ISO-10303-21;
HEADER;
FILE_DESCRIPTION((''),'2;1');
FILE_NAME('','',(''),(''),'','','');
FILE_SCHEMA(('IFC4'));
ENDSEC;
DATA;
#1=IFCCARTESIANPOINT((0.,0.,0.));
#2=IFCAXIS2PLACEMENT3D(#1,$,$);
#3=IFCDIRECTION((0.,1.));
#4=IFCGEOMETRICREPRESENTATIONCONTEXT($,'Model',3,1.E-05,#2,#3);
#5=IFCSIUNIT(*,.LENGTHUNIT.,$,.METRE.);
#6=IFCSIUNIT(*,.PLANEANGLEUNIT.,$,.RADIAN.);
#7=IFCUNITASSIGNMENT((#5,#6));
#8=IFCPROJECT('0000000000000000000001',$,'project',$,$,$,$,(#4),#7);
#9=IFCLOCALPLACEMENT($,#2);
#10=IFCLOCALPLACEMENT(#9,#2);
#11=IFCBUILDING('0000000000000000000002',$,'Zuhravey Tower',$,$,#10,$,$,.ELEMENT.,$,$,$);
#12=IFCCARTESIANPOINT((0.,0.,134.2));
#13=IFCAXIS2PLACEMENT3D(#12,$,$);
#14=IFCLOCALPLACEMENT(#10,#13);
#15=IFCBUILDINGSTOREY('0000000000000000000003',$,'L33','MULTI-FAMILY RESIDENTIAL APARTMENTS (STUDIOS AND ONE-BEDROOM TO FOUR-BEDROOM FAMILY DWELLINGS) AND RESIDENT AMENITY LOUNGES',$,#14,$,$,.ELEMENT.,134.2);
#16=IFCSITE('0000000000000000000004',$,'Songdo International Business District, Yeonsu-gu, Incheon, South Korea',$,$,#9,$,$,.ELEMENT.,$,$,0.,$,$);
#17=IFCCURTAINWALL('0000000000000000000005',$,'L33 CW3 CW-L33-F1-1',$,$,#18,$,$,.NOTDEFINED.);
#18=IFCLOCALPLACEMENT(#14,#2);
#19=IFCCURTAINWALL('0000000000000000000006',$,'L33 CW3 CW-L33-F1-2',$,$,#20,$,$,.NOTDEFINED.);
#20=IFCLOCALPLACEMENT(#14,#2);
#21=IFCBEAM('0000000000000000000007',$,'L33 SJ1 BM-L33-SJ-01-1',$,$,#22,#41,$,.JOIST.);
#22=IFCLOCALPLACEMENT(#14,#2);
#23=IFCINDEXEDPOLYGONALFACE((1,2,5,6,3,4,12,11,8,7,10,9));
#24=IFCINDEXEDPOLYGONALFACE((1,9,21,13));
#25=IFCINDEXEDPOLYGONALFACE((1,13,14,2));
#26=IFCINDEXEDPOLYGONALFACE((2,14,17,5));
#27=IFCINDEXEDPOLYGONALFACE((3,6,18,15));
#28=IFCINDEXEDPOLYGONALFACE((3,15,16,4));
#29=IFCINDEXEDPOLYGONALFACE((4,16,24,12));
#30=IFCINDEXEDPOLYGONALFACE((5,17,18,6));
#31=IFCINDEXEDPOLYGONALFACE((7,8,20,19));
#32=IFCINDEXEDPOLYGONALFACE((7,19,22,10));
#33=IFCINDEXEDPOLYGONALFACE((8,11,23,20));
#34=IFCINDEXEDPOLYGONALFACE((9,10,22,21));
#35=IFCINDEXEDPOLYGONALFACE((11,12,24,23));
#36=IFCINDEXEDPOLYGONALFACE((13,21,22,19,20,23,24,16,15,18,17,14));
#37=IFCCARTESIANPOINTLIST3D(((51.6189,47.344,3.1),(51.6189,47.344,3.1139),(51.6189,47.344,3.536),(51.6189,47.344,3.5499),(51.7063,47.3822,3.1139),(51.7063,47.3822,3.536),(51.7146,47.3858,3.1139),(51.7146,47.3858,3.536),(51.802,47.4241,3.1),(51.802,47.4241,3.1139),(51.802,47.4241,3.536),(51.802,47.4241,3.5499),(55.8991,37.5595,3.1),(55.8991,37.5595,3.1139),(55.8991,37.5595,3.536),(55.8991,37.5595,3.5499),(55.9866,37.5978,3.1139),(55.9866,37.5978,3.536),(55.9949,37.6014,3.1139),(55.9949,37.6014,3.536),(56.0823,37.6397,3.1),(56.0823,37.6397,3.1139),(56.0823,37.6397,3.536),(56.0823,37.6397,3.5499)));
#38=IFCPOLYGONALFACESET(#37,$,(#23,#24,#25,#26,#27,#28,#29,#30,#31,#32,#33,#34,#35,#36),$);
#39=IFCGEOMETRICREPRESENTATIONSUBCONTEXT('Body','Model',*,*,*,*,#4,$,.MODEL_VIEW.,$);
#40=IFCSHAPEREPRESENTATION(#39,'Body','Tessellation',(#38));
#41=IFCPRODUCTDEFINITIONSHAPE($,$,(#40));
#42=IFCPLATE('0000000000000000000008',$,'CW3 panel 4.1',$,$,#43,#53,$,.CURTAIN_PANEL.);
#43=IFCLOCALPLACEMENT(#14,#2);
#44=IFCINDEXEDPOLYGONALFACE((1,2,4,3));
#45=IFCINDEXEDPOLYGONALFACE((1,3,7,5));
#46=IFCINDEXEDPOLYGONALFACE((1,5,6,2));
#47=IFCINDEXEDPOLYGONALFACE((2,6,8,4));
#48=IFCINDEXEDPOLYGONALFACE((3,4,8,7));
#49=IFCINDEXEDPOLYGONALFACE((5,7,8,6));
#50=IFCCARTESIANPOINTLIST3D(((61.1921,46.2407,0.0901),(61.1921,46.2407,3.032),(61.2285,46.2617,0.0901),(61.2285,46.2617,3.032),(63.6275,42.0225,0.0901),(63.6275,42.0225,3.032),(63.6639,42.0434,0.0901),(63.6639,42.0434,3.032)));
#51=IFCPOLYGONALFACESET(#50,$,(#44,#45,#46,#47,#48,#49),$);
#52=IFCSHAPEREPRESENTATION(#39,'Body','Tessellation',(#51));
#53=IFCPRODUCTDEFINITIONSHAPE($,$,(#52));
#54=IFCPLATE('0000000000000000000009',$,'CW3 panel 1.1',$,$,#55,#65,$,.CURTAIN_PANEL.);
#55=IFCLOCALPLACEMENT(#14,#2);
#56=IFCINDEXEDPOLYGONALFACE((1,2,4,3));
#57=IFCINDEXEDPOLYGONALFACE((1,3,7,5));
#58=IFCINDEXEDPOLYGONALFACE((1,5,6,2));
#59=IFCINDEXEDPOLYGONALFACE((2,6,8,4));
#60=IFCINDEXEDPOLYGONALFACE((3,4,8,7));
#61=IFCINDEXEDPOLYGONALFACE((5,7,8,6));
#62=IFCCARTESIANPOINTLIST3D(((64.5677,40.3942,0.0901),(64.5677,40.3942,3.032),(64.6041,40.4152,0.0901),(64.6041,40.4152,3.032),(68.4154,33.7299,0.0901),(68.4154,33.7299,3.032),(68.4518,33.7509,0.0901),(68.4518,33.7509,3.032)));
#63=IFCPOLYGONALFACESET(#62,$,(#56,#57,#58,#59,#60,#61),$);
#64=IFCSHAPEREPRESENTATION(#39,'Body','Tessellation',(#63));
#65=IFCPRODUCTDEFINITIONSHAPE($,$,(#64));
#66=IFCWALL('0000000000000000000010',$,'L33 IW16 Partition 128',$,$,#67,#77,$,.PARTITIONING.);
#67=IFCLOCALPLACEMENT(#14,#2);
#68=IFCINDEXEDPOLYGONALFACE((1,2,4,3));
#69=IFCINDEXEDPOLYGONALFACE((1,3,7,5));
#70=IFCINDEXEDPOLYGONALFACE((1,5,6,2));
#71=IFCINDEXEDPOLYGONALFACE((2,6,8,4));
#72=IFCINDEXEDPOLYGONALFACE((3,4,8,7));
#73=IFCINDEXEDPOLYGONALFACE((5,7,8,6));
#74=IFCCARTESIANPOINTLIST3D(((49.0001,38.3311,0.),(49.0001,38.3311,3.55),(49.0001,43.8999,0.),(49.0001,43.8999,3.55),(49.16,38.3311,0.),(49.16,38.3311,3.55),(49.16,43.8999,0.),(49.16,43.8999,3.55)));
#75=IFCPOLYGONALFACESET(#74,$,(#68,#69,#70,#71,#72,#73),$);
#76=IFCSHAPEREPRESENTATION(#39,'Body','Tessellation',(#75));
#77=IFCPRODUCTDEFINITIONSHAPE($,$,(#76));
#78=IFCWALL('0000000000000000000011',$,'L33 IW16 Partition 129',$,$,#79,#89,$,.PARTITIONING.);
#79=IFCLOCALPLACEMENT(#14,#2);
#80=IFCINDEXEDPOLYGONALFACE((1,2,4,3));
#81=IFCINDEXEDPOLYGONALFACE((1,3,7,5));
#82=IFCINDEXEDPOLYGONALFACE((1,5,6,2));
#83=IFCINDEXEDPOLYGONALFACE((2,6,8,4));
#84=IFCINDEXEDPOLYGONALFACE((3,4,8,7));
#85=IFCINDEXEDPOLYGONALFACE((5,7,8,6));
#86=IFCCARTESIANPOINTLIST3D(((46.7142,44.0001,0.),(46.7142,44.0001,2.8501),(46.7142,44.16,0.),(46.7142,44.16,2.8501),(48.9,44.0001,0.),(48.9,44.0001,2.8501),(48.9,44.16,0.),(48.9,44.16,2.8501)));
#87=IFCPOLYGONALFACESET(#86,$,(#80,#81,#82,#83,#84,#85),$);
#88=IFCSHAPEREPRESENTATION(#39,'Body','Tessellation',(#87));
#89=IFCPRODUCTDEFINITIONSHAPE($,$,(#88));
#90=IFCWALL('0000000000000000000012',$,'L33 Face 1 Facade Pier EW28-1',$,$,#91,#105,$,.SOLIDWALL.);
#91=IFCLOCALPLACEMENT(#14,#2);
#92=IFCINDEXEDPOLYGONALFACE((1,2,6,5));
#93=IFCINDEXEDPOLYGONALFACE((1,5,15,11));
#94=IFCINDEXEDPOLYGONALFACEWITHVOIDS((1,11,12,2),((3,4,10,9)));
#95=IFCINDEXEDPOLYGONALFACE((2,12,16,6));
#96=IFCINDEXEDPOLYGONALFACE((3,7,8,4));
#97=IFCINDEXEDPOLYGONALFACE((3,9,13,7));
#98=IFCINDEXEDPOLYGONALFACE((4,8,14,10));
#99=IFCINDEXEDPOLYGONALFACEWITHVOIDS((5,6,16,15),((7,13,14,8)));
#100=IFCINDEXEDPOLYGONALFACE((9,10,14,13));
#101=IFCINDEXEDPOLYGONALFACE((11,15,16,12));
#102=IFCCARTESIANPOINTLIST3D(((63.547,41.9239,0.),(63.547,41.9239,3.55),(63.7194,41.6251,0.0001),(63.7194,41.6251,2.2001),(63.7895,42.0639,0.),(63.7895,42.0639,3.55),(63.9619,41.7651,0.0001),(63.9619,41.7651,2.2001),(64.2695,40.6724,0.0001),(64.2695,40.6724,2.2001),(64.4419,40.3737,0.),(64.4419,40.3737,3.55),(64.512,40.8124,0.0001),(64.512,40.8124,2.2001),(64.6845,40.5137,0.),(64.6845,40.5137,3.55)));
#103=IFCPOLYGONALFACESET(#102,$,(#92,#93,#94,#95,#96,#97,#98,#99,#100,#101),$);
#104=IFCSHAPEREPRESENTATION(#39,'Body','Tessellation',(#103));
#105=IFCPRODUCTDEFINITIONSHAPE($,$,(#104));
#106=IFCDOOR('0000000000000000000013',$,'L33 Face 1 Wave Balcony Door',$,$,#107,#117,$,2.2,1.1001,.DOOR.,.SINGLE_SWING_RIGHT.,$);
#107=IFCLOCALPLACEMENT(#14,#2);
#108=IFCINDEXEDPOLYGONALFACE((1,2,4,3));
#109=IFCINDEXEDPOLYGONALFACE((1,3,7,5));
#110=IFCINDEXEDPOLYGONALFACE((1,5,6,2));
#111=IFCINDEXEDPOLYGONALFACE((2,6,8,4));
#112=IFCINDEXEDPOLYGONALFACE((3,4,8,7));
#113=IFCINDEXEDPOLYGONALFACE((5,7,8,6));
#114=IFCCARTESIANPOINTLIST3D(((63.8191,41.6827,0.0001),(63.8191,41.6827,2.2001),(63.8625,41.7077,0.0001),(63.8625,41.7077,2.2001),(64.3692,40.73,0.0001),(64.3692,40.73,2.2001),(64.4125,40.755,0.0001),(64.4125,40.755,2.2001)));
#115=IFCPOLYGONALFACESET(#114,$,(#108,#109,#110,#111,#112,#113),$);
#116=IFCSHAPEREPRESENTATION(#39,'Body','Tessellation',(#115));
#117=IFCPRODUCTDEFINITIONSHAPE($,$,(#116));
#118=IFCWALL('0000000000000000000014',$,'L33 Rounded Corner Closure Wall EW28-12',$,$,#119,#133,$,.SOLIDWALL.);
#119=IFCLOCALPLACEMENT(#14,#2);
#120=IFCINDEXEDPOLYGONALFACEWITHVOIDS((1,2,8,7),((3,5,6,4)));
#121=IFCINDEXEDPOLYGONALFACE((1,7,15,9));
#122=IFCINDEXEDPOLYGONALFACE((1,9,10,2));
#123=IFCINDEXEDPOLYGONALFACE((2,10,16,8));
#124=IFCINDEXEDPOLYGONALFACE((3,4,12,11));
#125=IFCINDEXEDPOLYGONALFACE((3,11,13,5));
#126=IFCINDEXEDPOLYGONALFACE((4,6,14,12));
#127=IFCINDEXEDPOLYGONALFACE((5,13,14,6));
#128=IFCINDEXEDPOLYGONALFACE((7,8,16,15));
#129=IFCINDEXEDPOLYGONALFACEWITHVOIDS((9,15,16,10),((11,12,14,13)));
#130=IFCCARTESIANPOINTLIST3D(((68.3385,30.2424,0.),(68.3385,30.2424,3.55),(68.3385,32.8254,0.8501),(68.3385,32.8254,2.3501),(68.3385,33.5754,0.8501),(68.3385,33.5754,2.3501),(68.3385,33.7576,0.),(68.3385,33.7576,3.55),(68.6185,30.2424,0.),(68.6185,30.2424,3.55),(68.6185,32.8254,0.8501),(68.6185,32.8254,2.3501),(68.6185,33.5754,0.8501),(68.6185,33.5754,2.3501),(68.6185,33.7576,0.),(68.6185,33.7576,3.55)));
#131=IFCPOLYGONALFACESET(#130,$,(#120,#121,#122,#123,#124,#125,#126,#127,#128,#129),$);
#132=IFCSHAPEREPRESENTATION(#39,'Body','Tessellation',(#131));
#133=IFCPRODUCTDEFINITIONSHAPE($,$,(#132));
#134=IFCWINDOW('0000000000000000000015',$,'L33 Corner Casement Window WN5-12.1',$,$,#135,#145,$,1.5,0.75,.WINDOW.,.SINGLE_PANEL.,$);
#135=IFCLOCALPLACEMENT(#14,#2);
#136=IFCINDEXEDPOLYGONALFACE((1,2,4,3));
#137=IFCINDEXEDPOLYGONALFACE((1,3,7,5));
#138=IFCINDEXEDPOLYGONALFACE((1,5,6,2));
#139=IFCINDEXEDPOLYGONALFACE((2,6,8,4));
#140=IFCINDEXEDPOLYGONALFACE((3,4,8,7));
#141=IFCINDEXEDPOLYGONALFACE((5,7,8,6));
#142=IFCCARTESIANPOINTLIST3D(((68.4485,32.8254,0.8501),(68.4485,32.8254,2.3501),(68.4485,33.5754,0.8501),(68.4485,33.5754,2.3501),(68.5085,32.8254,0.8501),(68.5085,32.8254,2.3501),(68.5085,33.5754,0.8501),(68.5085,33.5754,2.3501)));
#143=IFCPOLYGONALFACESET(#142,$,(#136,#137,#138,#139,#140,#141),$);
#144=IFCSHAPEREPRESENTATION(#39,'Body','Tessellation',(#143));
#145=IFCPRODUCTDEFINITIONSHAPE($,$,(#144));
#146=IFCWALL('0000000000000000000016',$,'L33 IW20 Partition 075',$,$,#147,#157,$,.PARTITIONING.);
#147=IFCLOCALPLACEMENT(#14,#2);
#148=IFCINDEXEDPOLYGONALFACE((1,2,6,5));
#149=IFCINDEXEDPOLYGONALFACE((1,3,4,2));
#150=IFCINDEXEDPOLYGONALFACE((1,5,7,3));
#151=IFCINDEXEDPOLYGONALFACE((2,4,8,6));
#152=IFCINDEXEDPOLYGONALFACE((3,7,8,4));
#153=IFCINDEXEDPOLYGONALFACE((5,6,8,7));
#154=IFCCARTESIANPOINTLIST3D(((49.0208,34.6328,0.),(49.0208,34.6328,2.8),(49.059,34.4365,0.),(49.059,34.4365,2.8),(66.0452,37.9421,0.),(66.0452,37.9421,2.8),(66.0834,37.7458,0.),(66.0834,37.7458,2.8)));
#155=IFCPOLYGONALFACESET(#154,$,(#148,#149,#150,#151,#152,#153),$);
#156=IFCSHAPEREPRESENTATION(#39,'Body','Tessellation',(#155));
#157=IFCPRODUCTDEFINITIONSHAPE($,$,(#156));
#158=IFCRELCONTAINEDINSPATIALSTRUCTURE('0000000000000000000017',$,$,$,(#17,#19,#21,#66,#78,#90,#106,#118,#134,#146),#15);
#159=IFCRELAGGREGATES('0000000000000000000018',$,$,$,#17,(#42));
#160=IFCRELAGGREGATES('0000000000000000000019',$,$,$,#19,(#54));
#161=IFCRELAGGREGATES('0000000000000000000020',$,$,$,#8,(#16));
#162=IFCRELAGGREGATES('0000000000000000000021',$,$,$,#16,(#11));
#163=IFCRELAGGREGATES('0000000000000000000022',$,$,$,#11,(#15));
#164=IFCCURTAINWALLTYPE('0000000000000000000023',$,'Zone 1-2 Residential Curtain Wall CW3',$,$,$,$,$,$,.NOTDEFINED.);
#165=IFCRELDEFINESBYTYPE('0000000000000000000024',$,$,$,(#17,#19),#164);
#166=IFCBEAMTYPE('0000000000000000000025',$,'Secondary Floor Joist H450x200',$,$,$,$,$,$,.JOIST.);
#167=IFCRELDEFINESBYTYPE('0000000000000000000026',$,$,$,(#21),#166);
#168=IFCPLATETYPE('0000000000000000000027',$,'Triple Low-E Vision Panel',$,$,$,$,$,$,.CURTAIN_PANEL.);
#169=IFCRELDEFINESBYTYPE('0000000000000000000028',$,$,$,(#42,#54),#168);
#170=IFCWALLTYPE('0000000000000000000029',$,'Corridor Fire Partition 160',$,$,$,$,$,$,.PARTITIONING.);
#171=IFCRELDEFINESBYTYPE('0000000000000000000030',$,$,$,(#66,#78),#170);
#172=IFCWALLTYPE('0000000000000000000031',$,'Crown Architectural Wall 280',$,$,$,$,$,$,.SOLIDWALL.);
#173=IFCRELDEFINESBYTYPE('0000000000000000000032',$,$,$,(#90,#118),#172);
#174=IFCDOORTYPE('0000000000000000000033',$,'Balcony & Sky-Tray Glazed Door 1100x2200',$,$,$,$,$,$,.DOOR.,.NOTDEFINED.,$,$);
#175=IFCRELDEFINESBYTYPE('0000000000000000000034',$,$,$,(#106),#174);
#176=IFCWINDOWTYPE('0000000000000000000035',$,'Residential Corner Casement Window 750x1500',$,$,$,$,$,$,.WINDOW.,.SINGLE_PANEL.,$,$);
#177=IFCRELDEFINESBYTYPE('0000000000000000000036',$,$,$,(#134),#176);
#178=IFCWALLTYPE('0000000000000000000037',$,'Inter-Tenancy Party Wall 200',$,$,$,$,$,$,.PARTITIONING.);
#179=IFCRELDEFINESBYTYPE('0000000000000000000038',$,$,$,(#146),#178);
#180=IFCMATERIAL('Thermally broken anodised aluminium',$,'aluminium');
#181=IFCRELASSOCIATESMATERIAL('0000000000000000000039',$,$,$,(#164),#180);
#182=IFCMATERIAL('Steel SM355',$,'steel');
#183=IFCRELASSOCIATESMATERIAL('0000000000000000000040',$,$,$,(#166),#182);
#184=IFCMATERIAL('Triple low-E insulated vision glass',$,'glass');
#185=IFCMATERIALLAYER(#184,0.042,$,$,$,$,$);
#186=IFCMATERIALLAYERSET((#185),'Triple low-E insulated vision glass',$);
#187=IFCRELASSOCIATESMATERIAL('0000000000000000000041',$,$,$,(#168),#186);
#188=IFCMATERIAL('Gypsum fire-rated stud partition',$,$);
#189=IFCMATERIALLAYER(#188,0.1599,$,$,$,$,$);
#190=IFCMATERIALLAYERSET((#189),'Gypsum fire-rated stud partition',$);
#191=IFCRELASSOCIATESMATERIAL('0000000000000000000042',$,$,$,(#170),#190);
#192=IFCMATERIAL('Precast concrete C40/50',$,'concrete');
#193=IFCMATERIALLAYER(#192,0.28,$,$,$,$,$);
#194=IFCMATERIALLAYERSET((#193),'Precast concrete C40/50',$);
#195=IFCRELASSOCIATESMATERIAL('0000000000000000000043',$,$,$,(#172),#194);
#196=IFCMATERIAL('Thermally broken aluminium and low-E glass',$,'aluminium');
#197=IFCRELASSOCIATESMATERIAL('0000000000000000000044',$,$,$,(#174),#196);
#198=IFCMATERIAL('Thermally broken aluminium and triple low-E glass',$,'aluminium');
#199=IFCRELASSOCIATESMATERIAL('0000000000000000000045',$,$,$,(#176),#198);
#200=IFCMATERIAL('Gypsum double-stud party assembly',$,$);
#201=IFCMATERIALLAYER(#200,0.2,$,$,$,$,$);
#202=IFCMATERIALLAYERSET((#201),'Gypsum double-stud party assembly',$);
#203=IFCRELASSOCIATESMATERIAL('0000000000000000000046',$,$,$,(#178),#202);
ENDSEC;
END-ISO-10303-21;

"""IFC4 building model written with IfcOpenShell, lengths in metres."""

from ifc_helpers import new_model, si_unit, direction, frame, frame_2d, origin, origin_2d, place, context, subcontext, project, spatial, rectangle, i_section, extrude, material, layer, layer_set, material_profile, profile_set, type_object, element, fill, aggregate, save


model = new_model("IFC4")

# Units and contexts
model_context = context("Model", 3, precision=1e-05, world=origin(), true_north=direction((0.0, 1.0)))
body_context = subcontext(model_context, "Body", "Model", "MODEL_VIEW")
ifc_project = project(units=[si_unit("LENGTHUNIT", "METRE"), si_unit("PLANEANGLEUNIT", "RADIAN")], contexts=[model_context])

# Site, building, storey
site_placement = place(None, origin())
site = spatial("IfcSite", under=ifc_project, at=site_placement, Name="Songdo International Business District, Yeonsu-gu, Incheon, South Korea", CompositionType="ELEMENT", RefElevation=0.0)
building_placement = place(site_placement, origin())
building = spatial("IfcBuilding", under=site, at=building_placement, Name="Zuhravey Tower", CompositionType="ELEMENT")
storey_placement = place(building_placement, frame((0.0, 0.0, 134.2)))
storey = spatial("IfcBuildingStorey", under=building, at=storey_placement, Name="L33", Description="MULTI-FAMILY RESIDENTIAL APARTMENTS (STUDIOS AND ONE-BEDROOM TO FOUR-BEDROOM FAMILY DWELLINGS) AND RESIDENT AMENITY LOUNGES", CompositionType="ELEMENT", Elevation=134.2)

# Curtain wall
ifc_material_1 = material(Name="Thermally broken anodised aluminium", Category="aluminium")
curtain_wall_type = type_object("IfcCurtainWallType", Name="Zone 1-2 Residential Curtain Wall CW3", PredefinedType="NOTDEFINED", material=ifc_material_1)
curtain_wall_1_placement = place(storey_placement, origin())
curtain_wall_1 = element("IfcCurtainWall", 1, at=curtain_wall_1_placement, inside=storey, type_object=curtain_wall_type, Name="L33 CW3 CW-L33-F1-1", PredefinedType="NOTDEFINED")

# Curtain wall
curtain_wall_2_placement = place(storey_placement, origin())
curtain_wall_2 = element("IfcCurtainWall", 2, at=curtain_wall_2_placement, inside=storey, type_object=curtain_wall_type, Name="L33 CW3 CW-L33-F1-2", PredefinedType="NOTDEFINED")

# Beam
ifc_material_2 = material(Name="Steel SM355", Category="steel")
ifc_material_profile_1 = material_profile(ifc_material_2, i_section(OverallWidth=0.2, OverallDepth=0.45, WebThickness=0.009, FlangeThickness=0.0139, at=origin_2d()), Name="H-450x200x9x14")
ifc_profile_set_1 = profile_set([ifc_material_profile_1], Name="Steel SM355")
beam_type_1 = type_object("IfcBeamType", Name="Secondary Floor Joist H450x200", PredefinedType="JOIST", material=ifc_profile_set_1)
beam_1_placement = place(storey_placement, frame((55.9907, 37.5996, 3.325), z_axis=(-0.400786, 0.916172, 0.0), x_axis=(-0.916172, -0.400786, 0.0)))
element("IfcBeam", 3, at=beam_1_placement, inside=storey, type_object=beam_type_1, Name="L33 SJ1 BM-L33-SJ-01-1", PredefinedType="JOIST", context=body_context, shape_type="SweptSolid", body=[
    extrude(i_section(OverallWidth=0.2, OverallDepth=0.45, WebThickness=0.009, FlangeThickness=0.0139, at=origin_2d()), origin(), (0.0, 0.0, 1.0), 10.6797),
])

# Plates
ifc_material_3 = material(Name="Triple low-E insulated vision glass", Category="glass")
ifc_layer_1 = layer(ifc_material_3, 0.042)
ifc_layer_set_1 = layer_set([ifc_layer_1], Name="Triple low-E insulated vision glass")
plate_type = type_object("IfcPlateType", Name="Triple Low-E Vision Panel", PredefinedType="CURTAIN_PANEL", material=ifc_layer_set_1)
plate_1_placement = place(storey_placement, frame((62.428, 44.1421, 0.0901), z_axis=(0.0, 0.0, 1.0), x_axis=(0.499999, -0.866026, 0.0)))
plate_1 = element("IfcPlate", 4, at=plate_1_placement, type_object=plate_type, Name="CW3 panel 4.1", PredefinedType="CURTAIN_PANEL", context=body_context, shape_type="SweptSolid", body=[
    extrude(rectangle(XDim=4.8708, YDim=0.042, at=origin_2d()), origin(), (0.0, 0.0, 1.0), 2.9419),
])
aggregate(curtain_wall_1, [plate_1])
plate_2_placement = place(storey_placement, frame((66.5098, 37.0725, 0.0901), z_axis=(0.0, 0.0, 1.0), x_axis=(0.500005, -0.866022, 0.0)))
plate_2 = element("IfcPlate", 5, at=plate_2_placement, type_object=plate_type, Name="CW3 panel 1.1", PredefinedType="CURTAIN_PANEL", context=body_context, shape_type="SweptSolid", body=[
    extrude(rectangle(XDim=7.6953, YDim=0.042, at=origin_2d()), origin(), (0.0, 0.0, 1.0), 2.9419),
])
aggregate(curtain_wall_2, [plate_2])

# Shared definitions
ifc_material_4 = material(Name="Gypsum fire-rated stud partition")
ifc_layer_2 = layer(ifc_material_4, 0.1599)
ifc_layer_set_2 = layer_set([ifc_layer_2], Name="Gypsum fire-rated stud partition")
wall_type_1 = type_object("IfcWallType", Name="Corridor Fire Partition 160", PredefinedType="PARTITIONING", material=ifc_layer_set_2)

# Walls
wall_1_placement = place(storey_placement, frame((49.0801, 38.3311, 0.0), z_axis=(0.0, 0.0, 1.0), x_axis=(0.0, 1.0, 0.0)))
element("IfcWall", 6, at=wall_1_placement, inside=storey, type_object=wall_type_1, Name="L33 IW16 Partition 128", PredefinedType="PARTITIONING", context=body_context, shape_type="SweptSolid", body=[
    extrude(rectangle(XDim=5.5688, YDim=0.1599, at=frame_2d((2.7844, 0.0))), origin(), (0.0, 0.0, 1.0), 3.55),
])
wall_2_placement = place(storey_placement, frame((48.8999, 44.0801, 0.0), z_axis=(0.0, 0.0, 1.0), x_axis=(-1.0, 0.0, 0.0)))
element("IfcWall", 7, at=wall_2_placement, inside=storey, type_object=wall_type_1, Name="L33 IW16 Partition 129", PredefinedType="PARTITIONING", context=body_context, shape_type="SweptSolid", body=[
    extrude(rectangle(XDim=2.1858, YDim=0.1599, at=frame_2d((1.0928, 0.0))), origin(), (0.0, 0.0, 1.0), 2.8501),
])

# Wall, opening, door
ifc_material_5 = material(Name="Precast concrete C40/50", Category="concrete")
ifc_layer_3 = layer(ifc_material_5, 0.28)
ifc_layer_set_3 = layer_set([ifc_layer_3], Name="Precast concrete C40/50")
wall_type_2 = type_object("IfcWallType", Name="Crown Architectural Wall 280", PredefinedType="SOLIDWALL", material=ifc_layer_set_3)
wall_3_placement = place(storey_placement, frame((63.6682, 41.9939, 0.0), z_axis=(0.0, 0.0, 1.0), x_axis=(0.499982, -0.866036, 0.0)))
wall_3 = element("IfcWall", 8, at=wall_3_placement, inside=storey, type_object=wall_type_2, Name="L33 Face 1 Facade Pier EW28-1", PredefinedType="SOLIDWALL", context=body_context, shape_type="SweptSolid", body=[
    extrude(rectangle(XDim=1.79, YDim=0.28, at=frame_2d((0.895, 0.0))), origin(), (0.0, 0.0, 1.0), 3.55),
])
opening_1_placement = place(wall_3_placement, frame((0.345, 0.0, 0.0)))
opening_1 = element("IfcOpeningElement", 9, at=opening_1_placement, cuts=wall_3, PredefinedType="OPENING", context=body_context, shape_type="SweptSolid", body=[
    extrude(rectangle(XDim=1.1001, YDim=2.2, at=frame_2d((0.55, 1.1001))), frame((0.0, 0.1521, 0.0), z_axis=(0.0, -1.0, 0.0), x_axis=(1.0, 0.0, 0.0)), (0.0, 0.0, 1.0), 0.304),
])
ifc_material_6 = material(Name="Thermally broken aluminium and low-E glass", Category="aluminium")
door_type_1 = type_object("IfcDoorType", Name="Balcony & Sky-Tray Glazed Door 1100x2200", OperationType="NOTDEFINED", PredefinedType="DOOR", material=ifc_material_6)
door_1_placement = place(opening_1_placement, frame((1.1001, 0.0, 0.0), z_axis=(0.0, 0.0, 1.0), x_axis=(-1.0, 0.0, 0.0)))
door_1 = element("IfcDoor", 10, at=door_1_placement, inside=storey, type_object=door_type_1, Name="L33 Face 1 Wave Balcony Door", OperationType="SINGLE_SWING_RIGHT", OverallHeight=2.2, OverallWidth=1.1001, PredefinedType="DOOR", context=body_context, shape_type="SweptSolid", body=[
    extrude(rectangle(XDim=1.1001, YDim=2.2, at=frame_2d((0.55, 1.1001))), frame((0.0, 0.0249, 0.0), z_axis=(0.0, -1.0, 0.0), x_axis=(1.0, 0.0, 0.0)), (0.0, 0.0, 1.0), 0.05),
])
fill(opening_1, door_1)

# Wall, opening, window
wall_4_placement = place(storey_placement, frame((68.4785, 33.7576, 0.0), z_axis=(0.0, 0.0, 1.0), x_axis=(0.0, -1.0, 0.0)))
wall_4 = element("IfcWall", 11, at=wall_4_placement, inside=storey, type_object=wall_type_2, Name="L33 Rounded Corner Closure Wall EW28-12", PredefinedType="SOLIDWALL", context=body_context, shape_type="SweptSolid", body=[
    extrude(rectangle(XDim=3.5151, YDim=0.28, at=frame_2d((1.7576, 0.0))), origin(), (0.0, 0.0, 1.0), 3.55),
])
opening_2_placement = place(wall_4_placement, frame((0.1821, 0.0, 0.8501)))
opening_2 = element("IfcOpeningElement", 12, at=opening_2_placement, cuts=wall_4, PredefinedType="OPENING", context=body_context, shape_type="SweptSolid", body=[
    extrude(rectangle(XDim=0.75, YDim=1.5, at=frame_2d((0.375, 0.75))), frame((0.0, 0.1521, 0.0), z_axis=(0.0, -1.0, 0.0), x_axis=(1.0, 0.0, 0.0)), (0.0, 0.0, 1.0), 0.304),
])
ifc_material_7 = material(Name="Thermally broken aluminium and triple low-E glass", Category="aluminium")
window_type = type_object("IfcWindowType", Name="Residential Corner Casement Window 750x1500", PartitioningType="SINGLE_PANEL", PredefinedType="WINDOW", material=ifc_material_7)
window_placement = place(opening_2_placement, origin())
window = element("IfcWindow", 13, at=window_placement, inside=storey, type_object=window_type, Name="L33 Corner Casement Window WN5-12.1", OverallHeight=1.5, OverallWidth=0.75, PartitioningType="SINGLE_PANEL", PredefinedType="WINDOW", context=body_context, shape_type="SweptSolid", body=[
    extrude(rectangle(XDim=0.75, YDim=1.5, at=frame_2d((0.375, 0.75))), frame((0.0, 0.03, 0.0), z_axis=(0.0, -1.0, 0.0), x_axis=(1.0, 0.0, 0.0)), (0.0, 0.0, 1.0), 0.0601),
])
fill(opening_2, window)

# Wall
ifc_material_8 = material(Name="Gypsum double-stud party assembly")
ifc_layer_4 = layer(ifc_material_8, 0.2)
ifc_layer_set_4 = layer_set([ifc_layer_4], Name="Gypsum double-stud party assembly")
wall_type_3 = type_object("IfcWallType", Name="Inter-Tenancy Party Wall 200", PredefinedType="PARTITIONING", material=ifc_layer_set_4)
wall_5_placement = place(storey_placement, frame((49.04, 34.5347, 0.0), z_axis=(0.0, 0.0, 1.0), x_axis=(0.981626, 0.190815, 0.0)))
element("IfcWall", 14, at=wall_5_placement, inside=storey, type_object=wall_type_3, Name="L33 IW20 Partition 075", PredefinedType="PARTITIONING", context=body_context, shape_type="SweptSolid", body=[
    extrude(rectangle(XDim=17.343, YDim=0.2, at=frame_2d((8.6714, 0.0))), origin(), (0.0, 0.0, 1.0), 2.8),
])

save(model, "model.ifc")
